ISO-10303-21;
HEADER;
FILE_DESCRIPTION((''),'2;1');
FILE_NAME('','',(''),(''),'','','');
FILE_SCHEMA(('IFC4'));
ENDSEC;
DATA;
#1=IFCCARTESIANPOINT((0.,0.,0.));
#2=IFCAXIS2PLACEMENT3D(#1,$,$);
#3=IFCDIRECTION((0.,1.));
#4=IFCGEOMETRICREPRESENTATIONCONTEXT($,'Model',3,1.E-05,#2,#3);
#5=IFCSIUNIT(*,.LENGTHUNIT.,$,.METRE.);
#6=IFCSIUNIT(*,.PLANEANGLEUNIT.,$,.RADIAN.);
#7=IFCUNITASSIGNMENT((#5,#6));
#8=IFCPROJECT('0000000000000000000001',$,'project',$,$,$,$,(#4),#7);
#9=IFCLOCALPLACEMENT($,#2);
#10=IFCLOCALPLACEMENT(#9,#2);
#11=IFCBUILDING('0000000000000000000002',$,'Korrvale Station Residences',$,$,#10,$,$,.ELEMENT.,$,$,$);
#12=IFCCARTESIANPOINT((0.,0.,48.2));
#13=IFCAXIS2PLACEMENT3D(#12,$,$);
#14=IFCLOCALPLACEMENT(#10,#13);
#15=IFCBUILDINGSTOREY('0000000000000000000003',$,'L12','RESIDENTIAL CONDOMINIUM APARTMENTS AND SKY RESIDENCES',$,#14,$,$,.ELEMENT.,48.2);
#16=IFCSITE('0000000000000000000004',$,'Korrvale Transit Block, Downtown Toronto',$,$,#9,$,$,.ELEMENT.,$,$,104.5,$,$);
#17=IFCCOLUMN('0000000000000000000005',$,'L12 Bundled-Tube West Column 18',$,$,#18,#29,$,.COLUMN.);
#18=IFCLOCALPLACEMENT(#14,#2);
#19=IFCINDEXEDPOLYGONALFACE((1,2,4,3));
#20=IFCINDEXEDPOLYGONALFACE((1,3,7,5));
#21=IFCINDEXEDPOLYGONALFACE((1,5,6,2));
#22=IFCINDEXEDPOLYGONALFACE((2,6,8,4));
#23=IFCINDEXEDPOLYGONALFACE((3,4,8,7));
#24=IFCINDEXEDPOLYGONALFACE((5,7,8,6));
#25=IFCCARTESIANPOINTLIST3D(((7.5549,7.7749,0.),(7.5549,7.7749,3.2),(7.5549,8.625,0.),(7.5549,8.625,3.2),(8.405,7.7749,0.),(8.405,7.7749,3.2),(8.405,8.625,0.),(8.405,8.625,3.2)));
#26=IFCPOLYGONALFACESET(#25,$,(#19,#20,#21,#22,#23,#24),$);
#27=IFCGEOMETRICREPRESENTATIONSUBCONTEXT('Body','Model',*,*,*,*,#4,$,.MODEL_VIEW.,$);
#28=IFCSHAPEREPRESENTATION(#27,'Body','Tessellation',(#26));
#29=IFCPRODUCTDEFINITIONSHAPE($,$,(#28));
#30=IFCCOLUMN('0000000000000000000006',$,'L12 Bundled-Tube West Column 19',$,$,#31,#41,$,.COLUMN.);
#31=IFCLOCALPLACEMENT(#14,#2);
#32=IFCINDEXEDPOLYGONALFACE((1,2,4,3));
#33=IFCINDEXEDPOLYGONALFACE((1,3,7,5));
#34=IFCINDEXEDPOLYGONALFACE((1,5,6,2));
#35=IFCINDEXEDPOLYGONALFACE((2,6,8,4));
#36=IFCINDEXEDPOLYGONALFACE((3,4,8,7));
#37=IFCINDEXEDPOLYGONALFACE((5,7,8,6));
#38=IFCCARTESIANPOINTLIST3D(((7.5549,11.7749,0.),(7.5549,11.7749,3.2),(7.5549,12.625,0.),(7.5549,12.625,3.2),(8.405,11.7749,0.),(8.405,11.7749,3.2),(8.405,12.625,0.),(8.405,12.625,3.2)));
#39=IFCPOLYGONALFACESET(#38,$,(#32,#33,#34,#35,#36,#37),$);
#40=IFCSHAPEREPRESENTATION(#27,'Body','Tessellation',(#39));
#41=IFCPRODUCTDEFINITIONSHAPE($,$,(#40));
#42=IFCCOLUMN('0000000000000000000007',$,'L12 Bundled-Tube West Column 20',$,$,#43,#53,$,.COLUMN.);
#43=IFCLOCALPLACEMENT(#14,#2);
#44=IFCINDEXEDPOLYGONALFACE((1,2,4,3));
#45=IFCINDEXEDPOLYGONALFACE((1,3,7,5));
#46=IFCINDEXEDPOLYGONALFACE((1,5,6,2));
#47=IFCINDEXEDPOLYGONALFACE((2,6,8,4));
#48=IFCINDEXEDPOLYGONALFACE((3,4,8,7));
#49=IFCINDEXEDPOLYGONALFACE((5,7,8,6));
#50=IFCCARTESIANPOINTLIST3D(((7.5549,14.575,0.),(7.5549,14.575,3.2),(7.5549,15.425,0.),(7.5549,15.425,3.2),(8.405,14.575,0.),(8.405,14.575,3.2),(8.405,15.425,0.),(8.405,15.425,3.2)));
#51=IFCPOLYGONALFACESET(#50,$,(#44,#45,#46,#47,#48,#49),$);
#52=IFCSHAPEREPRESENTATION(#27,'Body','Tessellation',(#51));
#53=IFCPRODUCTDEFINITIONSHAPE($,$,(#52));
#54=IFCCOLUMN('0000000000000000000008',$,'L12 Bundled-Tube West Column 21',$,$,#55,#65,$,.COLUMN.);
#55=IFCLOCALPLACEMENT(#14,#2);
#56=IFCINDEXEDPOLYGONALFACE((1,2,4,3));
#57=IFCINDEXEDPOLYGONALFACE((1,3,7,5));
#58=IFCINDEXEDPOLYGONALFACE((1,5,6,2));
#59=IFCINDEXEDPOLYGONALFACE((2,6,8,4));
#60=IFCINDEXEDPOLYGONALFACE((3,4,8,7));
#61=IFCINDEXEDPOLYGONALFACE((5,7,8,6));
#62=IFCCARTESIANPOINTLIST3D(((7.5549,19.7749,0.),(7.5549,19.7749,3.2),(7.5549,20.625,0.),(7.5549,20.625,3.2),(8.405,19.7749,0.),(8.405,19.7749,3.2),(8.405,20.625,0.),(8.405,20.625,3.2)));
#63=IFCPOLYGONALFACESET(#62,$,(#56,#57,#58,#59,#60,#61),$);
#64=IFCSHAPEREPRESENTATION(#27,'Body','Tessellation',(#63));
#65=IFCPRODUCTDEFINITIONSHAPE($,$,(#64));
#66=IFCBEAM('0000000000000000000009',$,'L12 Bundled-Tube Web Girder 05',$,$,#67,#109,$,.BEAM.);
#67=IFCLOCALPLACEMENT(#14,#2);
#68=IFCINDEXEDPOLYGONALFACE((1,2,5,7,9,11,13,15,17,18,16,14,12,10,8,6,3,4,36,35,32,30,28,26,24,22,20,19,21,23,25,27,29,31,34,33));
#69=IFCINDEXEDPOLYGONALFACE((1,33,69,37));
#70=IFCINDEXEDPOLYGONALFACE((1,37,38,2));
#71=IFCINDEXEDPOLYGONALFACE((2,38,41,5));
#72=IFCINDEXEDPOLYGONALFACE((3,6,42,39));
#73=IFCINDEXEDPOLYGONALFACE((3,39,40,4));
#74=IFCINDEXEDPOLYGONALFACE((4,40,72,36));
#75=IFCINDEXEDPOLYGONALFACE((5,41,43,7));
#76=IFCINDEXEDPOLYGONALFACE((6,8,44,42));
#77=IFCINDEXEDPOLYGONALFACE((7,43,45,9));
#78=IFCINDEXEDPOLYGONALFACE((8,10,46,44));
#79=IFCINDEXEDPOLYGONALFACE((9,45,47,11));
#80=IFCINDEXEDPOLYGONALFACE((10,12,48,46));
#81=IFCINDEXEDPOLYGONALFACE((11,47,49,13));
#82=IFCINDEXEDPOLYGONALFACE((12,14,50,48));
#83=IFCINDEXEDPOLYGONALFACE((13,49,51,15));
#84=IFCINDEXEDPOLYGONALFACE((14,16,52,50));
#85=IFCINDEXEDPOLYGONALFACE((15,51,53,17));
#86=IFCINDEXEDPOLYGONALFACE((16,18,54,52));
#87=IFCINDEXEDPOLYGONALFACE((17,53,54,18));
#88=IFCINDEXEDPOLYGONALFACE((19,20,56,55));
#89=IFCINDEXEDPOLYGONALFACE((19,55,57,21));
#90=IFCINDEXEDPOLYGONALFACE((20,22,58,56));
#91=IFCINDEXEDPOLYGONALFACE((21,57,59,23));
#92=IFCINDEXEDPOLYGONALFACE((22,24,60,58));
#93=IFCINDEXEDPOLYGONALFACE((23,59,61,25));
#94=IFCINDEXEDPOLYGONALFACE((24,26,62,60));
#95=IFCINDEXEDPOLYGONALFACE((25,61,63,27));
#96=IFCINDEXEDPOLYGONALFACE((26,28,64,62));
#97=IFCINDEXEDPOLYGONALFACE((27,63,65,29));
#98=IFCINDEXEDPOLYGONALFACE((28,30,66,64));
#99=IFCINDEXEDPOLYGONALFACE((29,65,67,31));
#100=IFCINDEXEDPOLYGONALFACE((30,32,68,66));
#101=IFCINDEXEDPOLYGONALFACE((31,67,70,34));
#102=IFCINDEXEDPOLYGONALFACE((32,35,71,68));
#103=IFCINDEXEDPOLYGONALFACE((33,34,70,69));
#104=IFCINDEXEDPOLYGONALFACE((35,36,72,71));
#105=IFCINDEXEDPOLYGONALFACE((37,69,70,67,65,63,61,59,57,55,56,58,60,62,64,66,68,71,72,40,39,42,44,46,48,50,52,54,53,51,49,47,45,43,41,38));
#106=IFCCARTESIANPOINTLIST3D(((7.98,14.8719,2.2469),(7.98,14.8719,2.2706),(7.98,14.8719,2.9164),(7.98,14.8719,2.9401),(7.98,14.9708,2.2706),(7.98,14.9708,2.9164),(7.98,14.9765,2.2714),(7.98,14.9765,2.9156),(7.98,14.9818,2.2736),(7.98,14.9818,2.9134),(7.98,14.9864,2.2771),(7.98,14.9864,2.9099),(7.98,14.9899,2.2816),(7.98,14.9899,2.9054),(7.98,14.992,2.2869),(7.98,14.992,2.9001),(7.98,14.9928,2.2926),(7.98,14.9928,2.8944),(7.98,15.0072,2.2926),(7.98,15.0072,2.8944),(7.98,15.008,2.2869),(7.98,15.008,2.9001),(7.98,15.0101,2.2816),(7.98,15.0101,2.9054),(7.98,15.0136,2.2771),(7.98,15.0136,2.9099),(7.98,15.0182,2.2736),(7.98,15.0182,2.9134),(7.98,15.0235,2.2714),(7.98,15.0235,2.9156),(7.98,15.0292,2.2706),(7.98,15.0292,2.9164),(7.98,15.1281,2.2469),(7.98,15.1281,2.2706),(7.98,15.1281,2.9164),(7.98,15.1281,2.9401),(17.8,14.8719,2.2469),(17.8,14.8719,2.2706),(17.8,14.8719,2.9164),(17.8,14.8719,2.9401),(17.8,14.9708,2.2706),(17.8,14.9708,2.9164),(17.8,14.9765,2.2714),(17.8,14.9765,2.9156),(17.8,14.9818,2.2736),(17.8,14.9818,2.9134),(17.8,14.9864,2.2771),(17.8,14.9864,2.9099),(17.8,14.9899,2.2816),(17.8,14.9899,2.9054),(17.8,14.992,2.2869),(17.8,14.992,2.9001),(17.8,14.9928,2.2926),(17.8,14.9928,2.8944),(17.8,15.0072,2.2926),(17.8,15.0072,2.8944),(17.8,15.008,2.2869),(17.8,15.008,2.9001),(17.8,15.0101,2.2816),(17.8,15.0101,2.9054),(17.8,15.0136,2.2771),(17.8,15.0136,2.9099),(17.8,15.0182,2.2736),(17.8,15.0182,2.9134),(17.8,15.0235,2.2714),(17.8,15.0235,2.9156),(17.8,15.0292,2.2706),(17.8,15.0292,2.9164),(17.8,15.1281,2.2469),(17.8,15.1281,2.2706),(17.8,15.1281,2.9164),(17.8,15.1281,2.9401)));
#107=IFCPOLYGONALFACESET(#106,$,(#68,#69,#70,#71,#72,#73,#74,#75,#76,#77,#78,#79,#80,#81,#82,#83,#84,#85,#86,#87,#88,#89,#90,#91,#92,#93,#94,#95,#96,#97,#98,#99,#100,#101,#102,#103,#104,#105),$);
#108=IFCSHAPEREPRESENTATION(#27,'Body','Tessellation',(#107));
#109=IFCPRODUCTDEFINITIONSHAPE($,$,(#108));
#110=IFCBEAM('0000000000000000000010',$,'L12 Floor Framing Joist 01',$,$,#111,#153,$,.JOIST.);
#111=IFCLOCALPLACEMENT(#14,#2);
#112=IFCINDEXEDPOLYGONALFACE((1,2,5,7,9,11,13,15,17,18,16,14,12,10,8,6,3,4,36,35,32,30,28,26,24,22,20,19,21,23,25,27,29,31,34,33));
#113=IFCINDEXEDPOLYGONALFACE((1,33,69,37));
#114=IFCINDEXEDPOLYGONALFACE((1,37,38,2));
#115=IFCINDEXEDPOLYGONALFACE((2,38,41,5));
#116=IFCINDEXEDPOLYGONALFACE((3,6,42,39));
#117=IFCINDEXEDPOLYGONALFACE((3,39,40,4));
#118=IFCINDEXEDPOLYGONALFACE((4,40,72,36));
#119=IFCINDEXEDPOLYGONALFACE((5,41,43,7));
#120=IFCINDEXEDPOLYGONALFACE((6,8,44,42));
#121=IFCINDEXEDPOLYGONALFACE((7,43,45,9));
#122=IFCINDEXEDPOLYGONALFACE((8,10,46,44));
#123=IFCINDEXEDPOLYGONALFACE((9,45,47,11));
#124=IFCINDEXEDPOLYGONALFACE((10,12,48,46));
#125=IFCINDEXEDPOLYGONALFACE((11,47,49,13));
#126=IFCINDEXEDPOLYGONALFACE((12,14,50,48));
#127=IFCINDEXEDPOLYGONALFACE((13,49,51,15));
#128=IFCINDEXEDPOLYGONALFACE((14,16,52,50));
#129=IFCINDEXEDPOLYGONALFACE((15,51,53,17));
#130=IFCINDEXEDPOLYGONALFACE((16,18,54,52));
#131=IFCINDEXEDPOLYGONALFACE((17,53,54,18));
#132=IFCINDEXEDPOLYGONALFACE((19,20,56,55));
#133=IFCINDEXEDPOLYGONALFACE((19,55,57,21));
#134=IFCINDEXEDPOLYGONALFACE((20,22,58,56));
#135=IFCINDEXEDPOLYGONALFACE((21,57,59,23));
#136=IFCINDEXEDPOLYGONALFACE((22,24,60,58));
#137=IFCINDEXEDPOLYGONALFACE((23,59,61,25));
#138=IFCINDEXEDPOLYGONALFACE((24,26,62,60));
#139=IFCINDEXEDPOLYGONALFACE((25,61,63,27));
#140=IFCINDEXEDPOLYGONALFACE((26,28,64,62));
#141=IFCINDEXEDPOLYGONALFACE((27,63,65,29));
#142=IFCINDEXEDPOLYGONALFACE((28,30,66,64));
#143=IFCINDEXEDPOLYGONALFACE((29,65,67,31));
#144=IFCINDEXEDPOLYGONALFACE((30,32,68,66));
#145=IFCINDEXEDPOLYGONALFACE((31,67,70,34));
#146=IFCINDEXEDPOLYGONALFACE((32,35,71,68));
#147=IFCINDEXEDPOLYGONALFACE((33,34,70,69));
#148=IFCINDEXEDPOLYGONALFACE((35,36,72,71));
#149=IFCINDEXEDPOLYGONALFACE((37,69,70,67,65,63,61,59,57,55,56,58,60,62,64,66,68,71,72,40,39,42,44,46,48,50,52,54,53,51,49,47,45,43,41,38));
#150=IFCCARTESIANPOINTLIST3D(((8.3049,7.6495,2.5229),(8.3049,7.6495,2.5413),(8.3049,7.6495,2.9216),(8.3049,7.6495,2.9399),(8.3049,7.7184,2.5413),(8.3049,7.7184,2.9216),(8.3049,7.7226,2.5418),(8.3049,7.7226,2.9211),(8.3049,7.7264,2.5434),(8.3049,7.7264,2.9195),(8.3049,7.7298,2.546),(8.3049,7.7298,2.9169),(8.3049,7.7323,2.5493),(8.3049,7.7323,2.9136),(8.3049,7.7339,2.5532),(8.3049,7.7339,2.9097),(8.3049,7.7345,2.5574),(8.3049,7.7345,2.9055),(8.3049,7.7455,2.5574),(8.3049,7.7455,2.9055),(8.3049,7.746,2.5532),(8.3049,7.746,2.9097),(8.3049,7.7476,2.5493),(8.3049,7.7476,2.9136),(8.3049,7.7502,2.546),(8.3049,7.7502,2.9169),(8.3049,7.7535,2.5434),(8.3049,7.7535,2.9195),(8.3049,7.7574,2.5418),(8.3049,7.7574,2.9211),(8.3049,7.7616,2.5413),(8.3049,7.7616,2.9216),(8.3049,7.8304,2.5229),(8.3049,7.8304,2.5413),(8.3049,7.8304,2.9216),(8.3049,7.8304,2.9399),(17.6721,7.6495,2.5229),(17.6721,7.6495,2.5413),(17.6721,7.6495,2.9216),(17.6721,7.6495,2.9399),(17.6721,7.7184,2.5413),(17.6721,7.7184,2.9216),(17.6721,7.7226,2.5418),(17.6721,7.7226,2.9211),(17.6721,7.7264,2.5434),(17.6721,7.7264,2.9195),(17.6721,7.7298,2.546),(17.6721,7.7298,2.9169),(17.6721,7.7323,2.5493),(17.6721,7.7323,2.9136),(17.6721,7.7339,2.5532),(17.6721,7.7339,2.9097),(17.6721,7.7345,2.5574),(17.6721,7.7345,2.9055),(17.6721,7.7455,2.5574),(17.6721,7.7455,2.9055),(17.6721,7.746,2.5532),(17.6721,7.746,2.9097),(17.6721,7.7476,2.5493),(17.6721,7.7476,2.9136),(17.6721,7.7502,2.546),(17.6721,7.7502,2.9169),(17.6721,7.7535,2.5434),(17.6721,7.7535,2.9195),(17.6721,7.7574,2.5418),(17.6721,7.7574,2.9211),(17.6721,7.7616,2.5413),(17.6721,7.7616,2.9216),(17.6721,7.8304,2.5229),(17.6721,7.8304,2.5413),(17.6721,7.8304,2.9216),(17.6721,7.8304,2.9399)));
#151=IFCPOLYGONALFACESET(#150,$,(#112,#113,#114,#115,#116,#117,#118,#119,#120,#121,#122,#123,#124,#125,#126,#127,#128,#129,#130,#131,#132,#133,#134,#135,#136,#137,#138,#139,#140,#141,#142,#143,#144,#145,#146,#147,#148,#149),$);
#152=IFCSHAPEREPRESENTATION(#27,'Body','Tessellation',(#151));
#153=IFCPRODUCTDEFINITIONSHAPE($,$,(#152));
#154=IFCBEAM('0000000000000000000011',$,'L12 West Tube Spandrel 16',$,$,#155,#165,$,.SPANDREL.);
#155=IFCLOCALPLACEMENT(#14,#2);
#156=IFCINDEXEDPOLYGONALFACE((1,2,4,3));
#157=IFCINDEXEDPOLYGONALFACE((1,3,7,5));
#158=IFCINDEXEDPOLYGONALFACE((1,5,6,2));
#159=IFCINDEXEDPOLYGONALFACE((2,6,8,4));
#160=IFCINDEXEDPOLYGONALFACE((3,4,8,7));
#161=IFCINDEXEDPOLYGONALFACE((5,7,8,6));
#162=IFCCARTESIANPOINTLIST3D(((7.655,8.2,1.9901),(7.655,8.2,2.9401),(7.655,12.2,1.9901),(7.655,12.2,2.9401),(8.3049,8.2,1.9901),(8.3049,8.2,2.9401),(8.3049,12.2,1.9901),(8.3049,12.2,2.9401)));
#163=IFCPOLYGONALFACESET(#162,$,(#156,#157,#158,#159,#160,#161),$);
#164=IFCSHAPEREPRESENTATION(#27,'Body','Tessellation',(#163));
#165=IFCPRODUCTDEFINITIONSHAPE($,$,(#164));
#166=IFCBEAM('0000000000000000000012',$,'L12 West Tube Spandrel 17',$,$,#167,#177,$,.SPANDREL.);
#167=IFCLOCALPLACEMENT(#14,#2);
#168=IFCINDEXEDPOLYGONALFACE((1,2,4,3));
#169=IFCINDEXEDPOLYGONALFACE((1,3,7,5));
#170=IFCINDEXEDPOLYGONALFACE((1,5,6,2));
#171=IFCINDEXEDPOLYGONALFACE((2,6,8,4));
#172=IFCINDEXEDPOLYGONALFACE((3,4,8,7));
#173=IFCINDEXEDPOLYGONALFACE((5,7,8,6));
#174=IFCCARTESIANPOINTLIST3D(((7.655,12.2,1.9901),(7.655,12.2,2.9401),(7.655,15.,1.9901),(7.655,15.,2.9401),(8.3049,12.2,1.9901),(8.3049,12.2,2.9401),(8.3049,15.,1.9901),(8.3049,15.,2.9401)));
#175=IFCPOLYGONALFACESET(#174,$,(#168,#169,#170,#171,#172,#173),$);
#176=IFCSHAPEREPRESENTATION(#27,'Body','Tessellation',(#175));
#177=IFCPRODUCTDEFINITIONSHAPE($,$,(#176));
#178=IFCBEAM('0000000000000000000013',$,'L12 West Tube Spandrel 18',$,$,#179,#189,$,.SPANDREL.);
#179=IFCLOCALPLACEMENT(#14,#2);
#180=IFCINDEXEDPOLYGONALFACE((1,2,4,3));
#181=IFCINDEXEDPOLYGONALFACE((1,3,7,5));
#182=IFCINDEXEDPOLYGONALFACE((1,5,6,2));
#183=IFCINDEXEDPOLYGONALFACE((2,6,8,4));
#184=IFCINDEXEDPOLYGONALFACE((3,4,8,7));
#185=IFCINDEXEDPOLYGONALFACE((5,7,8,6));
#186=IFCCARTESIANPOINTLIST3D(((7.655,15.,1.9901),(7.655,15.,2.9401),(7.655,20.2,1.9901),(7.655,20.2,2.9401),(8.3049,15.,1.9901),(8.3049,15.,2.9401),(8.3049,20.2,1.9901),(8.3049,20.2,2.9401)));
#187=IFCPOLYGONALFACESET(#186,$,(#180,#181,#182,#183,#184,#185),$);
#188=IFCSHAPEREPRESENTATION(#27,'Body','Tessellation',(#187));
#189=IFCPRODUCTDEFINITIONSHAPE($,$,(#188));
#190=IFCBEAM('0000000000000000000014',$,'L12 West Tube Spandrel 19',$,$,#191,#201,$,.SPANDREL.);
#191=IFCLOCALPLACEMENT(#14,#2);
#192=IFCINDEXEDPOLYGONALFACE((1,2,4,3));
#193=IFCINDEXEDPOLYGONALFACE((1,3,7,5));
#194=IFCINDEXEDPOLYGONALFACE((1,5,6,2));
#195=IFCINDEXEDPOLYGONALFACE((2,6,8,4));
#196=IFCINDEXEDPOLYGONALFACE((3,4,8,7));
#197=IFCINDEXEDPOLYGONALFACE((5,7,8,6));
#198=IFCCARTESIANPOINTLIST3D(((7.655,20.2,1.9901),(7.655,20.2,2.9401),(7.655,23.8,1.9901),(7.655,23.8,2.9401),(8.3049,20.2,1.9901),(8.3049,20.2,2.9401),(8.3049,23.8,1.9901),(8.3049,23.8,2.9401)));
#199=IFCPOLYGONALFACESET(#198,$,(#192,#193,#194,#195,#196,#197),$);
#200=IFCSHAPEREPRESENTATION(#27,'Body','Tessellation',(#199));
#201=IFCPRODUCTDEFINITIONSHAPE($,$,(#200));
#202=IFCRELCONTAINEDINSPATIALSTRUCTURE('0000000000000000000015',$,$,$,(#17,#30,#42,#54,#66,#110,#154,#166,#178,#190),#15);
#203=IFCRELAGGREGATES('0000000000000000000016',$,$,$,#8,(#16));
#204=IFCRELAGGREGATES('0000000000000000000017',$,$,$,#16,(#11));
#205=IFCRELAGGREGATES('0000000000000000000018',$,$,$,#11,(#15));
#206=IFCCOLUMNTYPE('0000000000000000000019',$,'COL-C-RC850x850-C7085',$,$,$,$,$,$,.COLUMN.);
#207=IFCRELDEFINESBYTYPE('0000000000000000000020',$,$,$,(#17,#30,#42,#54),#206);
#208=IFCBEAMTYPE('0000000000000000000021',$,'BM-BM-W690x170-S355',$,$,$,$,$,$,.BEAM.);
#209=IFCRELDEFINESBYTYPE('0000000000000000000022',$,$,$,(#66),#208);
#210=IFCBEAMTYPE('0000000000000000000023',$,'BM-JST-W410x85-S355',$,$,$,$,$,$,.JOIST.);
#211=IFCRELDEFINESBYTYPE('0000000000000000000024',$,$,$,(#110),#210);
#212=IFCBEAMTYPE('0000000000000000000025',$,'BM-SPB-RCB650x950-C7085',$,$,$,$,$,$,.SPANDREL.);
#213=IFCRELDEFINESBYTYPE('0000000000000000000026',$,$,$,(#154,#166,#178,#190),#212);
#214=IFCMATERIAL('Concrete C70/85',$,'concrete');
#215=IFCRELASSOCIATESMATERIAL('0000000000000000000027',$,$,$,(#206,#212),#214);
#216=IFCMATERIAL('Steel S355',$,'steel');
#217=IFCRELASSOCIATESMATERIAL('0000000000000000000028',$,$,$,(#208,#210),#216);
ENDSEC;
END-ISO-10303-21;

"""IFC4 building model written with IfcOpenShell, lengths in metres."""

from ifc_helpers import new_model, si_unit, direction, frame, origin, origin_2d, place, context, subcontext, project, spatial, rectangle, i_section, extrude, material, material_profile, profile_set, type_object, element, save


model = new_model("IFC4")

# Units and contexts
model_context = context("Model", 3, precision=1e-05, world=origin(), true_north=direction((0.0, 1.0)))
body_context = subcontext(model_context, "Body", "Model", "MODEL_VIEW")
ifc_project = project(units=[si_unit("LENGTHUNIT", "METRE"), si_unit("PLANEANGLEUNIT", "RADIAN")], contexts=[model_context])

# Site, building, storey
site_placement = place(None, origin())
site = spatial("IfcSite", under=ifc_project, at=site_placement, Name="Korrvale Transit Block, Downtown Toronto", CompositionType="ELEMENT", RefElevation=104.5)
building_placement = place(site_placement, origin())
building = spatial("IfcBuilding", under=site, at=building_placement, Name="Korrvale Station Residences", CompositionType="ELEMENT")
storey_placement = place(building_placement, frame((0.0, 0.0, 48.2)))
storey = spatial("IfcBuildingStorey", under=building, at=storey_placement, Name="L12", Description="RESIDENTIAL CONDOMINIUM APARTMENTS AND SKY RESIDENCES", CompositionType="ELEMENT", Elevation=48.2)

# Columns
ifc_material_1 = material(Name="Concrete C70/85", Category="concrete")
ifc_material_profile_1 = material_profile(ifc_material_1, rectangle(XDim=0.8501, YDim=0.8501, at=origin_2d()), Name="RC850x850")
ifc_profile_set_1 = profile_set([ifc_material_profile_1], Name="Concrete C70/85")
column_type = type_object("IfcColumnType", Name="COL-C-RC850x850-C7085", PredefinedType="COLUMN", material=ifc_profile_set_1)
for number, where, z_axis, x_axis, name in (
    (1, (7.98, 8.2, 0.0), (0.0, 0.0, 1.0), (1.0, 0.0, 0.0), "L12 Bundled-Tube West Column 18"),
    (2, (7.98, 12.2, 0.0), (0.0, 0.0, 1.0), (1.0, 0.0, 0.0), "L12 Bundled-Tube West Column 19"),
    (3, (7.98, 15.0, 0.0), (0.0, 0.0, 1.0), (1.0, 0.0, 0.0), "L12 Bundled-Tube West Column 20"),
    (4, (7.98, 20.2, 0.0), (0.0, 0.0, 1.0), (1.0, 0.0, 0.0), "L12 Bundled-Tube West Column 21"),
):
    element("IfcColumn", number, at=place(storey_placement, frame(where, z_axis=z_axis, x_axis=x_axis)), inside=storey, type_object=column_type, Name=name, PredefinedType="COLUMN", context=body_context, shape_type="SweptSolid", body=[
        extrude(rectangle(XDim=0.8501, YDim=0.8501, at=origin_2d()), origin(), (0.0, 0.0, 1.0), 3.2),
    ])

# Beams
ifc_material_2 = material(Name="Steel S355", Category="steel")
ifc_material_profile_2 = material_profile(ifc_material_2, i_section(OverallWidth=0.2561, OverallDepth=0.6931, WebThickness=0.0144, FlangeThickness=0.0237, FilletRadius=0.022, at=origin_2d()), Name="W690x170")
ifc_profile_set_2 = profile_set([ifc_material_profile_2], Name="Steel S355")
beam_type_1 = type_object("IfcBeamType", Name="BM-BM-W690x170-S355", PredefinedType="BEAM", material=ifc_profile_set_2)
beam_1_placement = place(storey_placement, frame((7.98, 15.0, 2.5935), z_axis=(1.0, 0.0, 0.0), x_axis=(0.0, 1.0, 0.0)))
element("IfcBeam", 5, at=beam_1_placement, inside=storey, type_object=beam_type_1, Name="L12 Bundled-Tube Web Girder 05", PredefinedType="BEAM", context=body_context, shape_type="SweptSolid", body=[
    extrude(i_section(OverallWidth=0.2561, OverallDepth=0.6931, WebThickness=0.0144, FlangeThickness=0.0237, FilletRadius=0.022, at=origin_2d()), origin(), (0.0, 0.0, 1.0), 9.8201),
])
ifc_material_profile_3 = material_profile(ifc_material_2, i_section(OverallWidth=0.1809, OverallDepth=0.417, WebThickness=0.011, FlangeThickness=0.0183, FilletRadius=0.0161, at=origin_2d()), Name="W410x85")
ifc_profile_set_3 = profile_set([ifc_material_profile_3], Name="Steel S355")
beam_type_2 = type_object("IfcBeamType", Name="BM-JST-W410x85-S355", PredefinedType="JOIST", material=ifc_profile_set_3)
beam_2_placement = place(storey_placement, frame((8.3049, 7.74, 2.7314), z_axis=(1.0, 0.0, 0.0), x_axis=(0.0, 1.0, 0.0)))
element("IfcBeam", 6, at=beam_2_placement, inside=storey, type_object=beam_type_2, Name="L12 Floor Framing Joist 01", PredefinedType="JOIST", context=body_context, shape_type="SweptSolid", body=[
    extrude(i_section(OverallWidth=0.1809, OverallDepth=0.417, WebThickness=0.011, FlangeThickness=0.0183, FilletRadius=0.0161, at=origin_2d()), origin(), (0.0, 0.0, 1.0), 9.3672),
])
ifc_material_profile_4 = material_profile(ifc_material_1, rectangle(XDim=0.6499, YDim=0.95, at=origin_2d()), Name="RCB650x950")
ifc_profile_set_4 = profile_set([ifc_material_profile_4], Name="Concrete C70/85")
beam_type_3 = type_object("IfcBeamType", Name="BM-SPB-RCB650x950-C7085", PredefinedType="SPANDREL", material=ifc_profile_set_4)
beam_3_placement = place(storey_placement, frame((7.98, 8.2, 2.4651), z_axis=(0.0, 1.0, 0.0), x_axis=(-1.0, 0.0, 0.0)))
element("IfcBeam", 7, at=beam_3_placement, inside=storey, type_object=beam_type_3, Name="L12 West Tube Spandrel 16", PredefinedType="SPANDREL", context=body_context, shape_type="SweptSolid", body=[
    extrude(rectangle(XDim=0.6499, YDim=0.95, at=origin_2d()), origin(), (0.0, 0.0, 1.0), 4.0),
])
beam_4_placement = place(storey_placement, frame((7.98, 12.2, 2.4651), z_axis=(0.0, 1.0, 0.0), x_axis=(-1.0, 0.0, 0.0)))
element("IfcBeam", 8, at=beam_4_placement, inside=storey, type_object=beam_type_3, Name="L12 West Tube Spandrel 17", PredefinedType="SPANDREL", context=body_context, shape_type="SweptSolid", body=[
    extrude(rectangle(XDim=0.6499, YDim=0.95, at=origin_2d()), origin(), (0.0, 0.0, 1.0), 2.8),
])
beam_5_placement = place(storey_placement, frame((7.98, 15.0, 2.4651), z_axis=(0.0, 1.0, 0.0), x_axis=(-1.0, 0.0, 0.0)))
element("IfcBeam", 9, at=beam_5_placement, inside=storey, type_object=beam_type_3, Name="L12 West Tube Spandrel 18", PredefinedType="SPANDREL", context=body_context, shape_type="SweptSolid", body=[
    extrude(rectangle(XDim=0.6499, YDim=0.95, at=origin_2d()), origin(), (0.0, 0.0, 1.0), 5.2),
])
beam_6_placement = place(storey_placement, frame((7.98, 20.2, 2.4651), z_axis=(0.0, 1.0, 0.0), x_axis=(-1.0, 0.0, 0.0)))
element("IfcBeam", 10, at=beam_6_placement, inside=storey, type_object=beam_type_3, Name="L12 West Tube Spandrel 19", PredefinedType="SPANDREL", context=body_context, shape_type="SweptSolid", body=[
    extrude(rectangle(XDim=0.6499, YDim=0.95, at=origin_2d()), origin(), (0.0, 0.0, 1.0), 3.6001),
])

save(model, "model.ifc")
